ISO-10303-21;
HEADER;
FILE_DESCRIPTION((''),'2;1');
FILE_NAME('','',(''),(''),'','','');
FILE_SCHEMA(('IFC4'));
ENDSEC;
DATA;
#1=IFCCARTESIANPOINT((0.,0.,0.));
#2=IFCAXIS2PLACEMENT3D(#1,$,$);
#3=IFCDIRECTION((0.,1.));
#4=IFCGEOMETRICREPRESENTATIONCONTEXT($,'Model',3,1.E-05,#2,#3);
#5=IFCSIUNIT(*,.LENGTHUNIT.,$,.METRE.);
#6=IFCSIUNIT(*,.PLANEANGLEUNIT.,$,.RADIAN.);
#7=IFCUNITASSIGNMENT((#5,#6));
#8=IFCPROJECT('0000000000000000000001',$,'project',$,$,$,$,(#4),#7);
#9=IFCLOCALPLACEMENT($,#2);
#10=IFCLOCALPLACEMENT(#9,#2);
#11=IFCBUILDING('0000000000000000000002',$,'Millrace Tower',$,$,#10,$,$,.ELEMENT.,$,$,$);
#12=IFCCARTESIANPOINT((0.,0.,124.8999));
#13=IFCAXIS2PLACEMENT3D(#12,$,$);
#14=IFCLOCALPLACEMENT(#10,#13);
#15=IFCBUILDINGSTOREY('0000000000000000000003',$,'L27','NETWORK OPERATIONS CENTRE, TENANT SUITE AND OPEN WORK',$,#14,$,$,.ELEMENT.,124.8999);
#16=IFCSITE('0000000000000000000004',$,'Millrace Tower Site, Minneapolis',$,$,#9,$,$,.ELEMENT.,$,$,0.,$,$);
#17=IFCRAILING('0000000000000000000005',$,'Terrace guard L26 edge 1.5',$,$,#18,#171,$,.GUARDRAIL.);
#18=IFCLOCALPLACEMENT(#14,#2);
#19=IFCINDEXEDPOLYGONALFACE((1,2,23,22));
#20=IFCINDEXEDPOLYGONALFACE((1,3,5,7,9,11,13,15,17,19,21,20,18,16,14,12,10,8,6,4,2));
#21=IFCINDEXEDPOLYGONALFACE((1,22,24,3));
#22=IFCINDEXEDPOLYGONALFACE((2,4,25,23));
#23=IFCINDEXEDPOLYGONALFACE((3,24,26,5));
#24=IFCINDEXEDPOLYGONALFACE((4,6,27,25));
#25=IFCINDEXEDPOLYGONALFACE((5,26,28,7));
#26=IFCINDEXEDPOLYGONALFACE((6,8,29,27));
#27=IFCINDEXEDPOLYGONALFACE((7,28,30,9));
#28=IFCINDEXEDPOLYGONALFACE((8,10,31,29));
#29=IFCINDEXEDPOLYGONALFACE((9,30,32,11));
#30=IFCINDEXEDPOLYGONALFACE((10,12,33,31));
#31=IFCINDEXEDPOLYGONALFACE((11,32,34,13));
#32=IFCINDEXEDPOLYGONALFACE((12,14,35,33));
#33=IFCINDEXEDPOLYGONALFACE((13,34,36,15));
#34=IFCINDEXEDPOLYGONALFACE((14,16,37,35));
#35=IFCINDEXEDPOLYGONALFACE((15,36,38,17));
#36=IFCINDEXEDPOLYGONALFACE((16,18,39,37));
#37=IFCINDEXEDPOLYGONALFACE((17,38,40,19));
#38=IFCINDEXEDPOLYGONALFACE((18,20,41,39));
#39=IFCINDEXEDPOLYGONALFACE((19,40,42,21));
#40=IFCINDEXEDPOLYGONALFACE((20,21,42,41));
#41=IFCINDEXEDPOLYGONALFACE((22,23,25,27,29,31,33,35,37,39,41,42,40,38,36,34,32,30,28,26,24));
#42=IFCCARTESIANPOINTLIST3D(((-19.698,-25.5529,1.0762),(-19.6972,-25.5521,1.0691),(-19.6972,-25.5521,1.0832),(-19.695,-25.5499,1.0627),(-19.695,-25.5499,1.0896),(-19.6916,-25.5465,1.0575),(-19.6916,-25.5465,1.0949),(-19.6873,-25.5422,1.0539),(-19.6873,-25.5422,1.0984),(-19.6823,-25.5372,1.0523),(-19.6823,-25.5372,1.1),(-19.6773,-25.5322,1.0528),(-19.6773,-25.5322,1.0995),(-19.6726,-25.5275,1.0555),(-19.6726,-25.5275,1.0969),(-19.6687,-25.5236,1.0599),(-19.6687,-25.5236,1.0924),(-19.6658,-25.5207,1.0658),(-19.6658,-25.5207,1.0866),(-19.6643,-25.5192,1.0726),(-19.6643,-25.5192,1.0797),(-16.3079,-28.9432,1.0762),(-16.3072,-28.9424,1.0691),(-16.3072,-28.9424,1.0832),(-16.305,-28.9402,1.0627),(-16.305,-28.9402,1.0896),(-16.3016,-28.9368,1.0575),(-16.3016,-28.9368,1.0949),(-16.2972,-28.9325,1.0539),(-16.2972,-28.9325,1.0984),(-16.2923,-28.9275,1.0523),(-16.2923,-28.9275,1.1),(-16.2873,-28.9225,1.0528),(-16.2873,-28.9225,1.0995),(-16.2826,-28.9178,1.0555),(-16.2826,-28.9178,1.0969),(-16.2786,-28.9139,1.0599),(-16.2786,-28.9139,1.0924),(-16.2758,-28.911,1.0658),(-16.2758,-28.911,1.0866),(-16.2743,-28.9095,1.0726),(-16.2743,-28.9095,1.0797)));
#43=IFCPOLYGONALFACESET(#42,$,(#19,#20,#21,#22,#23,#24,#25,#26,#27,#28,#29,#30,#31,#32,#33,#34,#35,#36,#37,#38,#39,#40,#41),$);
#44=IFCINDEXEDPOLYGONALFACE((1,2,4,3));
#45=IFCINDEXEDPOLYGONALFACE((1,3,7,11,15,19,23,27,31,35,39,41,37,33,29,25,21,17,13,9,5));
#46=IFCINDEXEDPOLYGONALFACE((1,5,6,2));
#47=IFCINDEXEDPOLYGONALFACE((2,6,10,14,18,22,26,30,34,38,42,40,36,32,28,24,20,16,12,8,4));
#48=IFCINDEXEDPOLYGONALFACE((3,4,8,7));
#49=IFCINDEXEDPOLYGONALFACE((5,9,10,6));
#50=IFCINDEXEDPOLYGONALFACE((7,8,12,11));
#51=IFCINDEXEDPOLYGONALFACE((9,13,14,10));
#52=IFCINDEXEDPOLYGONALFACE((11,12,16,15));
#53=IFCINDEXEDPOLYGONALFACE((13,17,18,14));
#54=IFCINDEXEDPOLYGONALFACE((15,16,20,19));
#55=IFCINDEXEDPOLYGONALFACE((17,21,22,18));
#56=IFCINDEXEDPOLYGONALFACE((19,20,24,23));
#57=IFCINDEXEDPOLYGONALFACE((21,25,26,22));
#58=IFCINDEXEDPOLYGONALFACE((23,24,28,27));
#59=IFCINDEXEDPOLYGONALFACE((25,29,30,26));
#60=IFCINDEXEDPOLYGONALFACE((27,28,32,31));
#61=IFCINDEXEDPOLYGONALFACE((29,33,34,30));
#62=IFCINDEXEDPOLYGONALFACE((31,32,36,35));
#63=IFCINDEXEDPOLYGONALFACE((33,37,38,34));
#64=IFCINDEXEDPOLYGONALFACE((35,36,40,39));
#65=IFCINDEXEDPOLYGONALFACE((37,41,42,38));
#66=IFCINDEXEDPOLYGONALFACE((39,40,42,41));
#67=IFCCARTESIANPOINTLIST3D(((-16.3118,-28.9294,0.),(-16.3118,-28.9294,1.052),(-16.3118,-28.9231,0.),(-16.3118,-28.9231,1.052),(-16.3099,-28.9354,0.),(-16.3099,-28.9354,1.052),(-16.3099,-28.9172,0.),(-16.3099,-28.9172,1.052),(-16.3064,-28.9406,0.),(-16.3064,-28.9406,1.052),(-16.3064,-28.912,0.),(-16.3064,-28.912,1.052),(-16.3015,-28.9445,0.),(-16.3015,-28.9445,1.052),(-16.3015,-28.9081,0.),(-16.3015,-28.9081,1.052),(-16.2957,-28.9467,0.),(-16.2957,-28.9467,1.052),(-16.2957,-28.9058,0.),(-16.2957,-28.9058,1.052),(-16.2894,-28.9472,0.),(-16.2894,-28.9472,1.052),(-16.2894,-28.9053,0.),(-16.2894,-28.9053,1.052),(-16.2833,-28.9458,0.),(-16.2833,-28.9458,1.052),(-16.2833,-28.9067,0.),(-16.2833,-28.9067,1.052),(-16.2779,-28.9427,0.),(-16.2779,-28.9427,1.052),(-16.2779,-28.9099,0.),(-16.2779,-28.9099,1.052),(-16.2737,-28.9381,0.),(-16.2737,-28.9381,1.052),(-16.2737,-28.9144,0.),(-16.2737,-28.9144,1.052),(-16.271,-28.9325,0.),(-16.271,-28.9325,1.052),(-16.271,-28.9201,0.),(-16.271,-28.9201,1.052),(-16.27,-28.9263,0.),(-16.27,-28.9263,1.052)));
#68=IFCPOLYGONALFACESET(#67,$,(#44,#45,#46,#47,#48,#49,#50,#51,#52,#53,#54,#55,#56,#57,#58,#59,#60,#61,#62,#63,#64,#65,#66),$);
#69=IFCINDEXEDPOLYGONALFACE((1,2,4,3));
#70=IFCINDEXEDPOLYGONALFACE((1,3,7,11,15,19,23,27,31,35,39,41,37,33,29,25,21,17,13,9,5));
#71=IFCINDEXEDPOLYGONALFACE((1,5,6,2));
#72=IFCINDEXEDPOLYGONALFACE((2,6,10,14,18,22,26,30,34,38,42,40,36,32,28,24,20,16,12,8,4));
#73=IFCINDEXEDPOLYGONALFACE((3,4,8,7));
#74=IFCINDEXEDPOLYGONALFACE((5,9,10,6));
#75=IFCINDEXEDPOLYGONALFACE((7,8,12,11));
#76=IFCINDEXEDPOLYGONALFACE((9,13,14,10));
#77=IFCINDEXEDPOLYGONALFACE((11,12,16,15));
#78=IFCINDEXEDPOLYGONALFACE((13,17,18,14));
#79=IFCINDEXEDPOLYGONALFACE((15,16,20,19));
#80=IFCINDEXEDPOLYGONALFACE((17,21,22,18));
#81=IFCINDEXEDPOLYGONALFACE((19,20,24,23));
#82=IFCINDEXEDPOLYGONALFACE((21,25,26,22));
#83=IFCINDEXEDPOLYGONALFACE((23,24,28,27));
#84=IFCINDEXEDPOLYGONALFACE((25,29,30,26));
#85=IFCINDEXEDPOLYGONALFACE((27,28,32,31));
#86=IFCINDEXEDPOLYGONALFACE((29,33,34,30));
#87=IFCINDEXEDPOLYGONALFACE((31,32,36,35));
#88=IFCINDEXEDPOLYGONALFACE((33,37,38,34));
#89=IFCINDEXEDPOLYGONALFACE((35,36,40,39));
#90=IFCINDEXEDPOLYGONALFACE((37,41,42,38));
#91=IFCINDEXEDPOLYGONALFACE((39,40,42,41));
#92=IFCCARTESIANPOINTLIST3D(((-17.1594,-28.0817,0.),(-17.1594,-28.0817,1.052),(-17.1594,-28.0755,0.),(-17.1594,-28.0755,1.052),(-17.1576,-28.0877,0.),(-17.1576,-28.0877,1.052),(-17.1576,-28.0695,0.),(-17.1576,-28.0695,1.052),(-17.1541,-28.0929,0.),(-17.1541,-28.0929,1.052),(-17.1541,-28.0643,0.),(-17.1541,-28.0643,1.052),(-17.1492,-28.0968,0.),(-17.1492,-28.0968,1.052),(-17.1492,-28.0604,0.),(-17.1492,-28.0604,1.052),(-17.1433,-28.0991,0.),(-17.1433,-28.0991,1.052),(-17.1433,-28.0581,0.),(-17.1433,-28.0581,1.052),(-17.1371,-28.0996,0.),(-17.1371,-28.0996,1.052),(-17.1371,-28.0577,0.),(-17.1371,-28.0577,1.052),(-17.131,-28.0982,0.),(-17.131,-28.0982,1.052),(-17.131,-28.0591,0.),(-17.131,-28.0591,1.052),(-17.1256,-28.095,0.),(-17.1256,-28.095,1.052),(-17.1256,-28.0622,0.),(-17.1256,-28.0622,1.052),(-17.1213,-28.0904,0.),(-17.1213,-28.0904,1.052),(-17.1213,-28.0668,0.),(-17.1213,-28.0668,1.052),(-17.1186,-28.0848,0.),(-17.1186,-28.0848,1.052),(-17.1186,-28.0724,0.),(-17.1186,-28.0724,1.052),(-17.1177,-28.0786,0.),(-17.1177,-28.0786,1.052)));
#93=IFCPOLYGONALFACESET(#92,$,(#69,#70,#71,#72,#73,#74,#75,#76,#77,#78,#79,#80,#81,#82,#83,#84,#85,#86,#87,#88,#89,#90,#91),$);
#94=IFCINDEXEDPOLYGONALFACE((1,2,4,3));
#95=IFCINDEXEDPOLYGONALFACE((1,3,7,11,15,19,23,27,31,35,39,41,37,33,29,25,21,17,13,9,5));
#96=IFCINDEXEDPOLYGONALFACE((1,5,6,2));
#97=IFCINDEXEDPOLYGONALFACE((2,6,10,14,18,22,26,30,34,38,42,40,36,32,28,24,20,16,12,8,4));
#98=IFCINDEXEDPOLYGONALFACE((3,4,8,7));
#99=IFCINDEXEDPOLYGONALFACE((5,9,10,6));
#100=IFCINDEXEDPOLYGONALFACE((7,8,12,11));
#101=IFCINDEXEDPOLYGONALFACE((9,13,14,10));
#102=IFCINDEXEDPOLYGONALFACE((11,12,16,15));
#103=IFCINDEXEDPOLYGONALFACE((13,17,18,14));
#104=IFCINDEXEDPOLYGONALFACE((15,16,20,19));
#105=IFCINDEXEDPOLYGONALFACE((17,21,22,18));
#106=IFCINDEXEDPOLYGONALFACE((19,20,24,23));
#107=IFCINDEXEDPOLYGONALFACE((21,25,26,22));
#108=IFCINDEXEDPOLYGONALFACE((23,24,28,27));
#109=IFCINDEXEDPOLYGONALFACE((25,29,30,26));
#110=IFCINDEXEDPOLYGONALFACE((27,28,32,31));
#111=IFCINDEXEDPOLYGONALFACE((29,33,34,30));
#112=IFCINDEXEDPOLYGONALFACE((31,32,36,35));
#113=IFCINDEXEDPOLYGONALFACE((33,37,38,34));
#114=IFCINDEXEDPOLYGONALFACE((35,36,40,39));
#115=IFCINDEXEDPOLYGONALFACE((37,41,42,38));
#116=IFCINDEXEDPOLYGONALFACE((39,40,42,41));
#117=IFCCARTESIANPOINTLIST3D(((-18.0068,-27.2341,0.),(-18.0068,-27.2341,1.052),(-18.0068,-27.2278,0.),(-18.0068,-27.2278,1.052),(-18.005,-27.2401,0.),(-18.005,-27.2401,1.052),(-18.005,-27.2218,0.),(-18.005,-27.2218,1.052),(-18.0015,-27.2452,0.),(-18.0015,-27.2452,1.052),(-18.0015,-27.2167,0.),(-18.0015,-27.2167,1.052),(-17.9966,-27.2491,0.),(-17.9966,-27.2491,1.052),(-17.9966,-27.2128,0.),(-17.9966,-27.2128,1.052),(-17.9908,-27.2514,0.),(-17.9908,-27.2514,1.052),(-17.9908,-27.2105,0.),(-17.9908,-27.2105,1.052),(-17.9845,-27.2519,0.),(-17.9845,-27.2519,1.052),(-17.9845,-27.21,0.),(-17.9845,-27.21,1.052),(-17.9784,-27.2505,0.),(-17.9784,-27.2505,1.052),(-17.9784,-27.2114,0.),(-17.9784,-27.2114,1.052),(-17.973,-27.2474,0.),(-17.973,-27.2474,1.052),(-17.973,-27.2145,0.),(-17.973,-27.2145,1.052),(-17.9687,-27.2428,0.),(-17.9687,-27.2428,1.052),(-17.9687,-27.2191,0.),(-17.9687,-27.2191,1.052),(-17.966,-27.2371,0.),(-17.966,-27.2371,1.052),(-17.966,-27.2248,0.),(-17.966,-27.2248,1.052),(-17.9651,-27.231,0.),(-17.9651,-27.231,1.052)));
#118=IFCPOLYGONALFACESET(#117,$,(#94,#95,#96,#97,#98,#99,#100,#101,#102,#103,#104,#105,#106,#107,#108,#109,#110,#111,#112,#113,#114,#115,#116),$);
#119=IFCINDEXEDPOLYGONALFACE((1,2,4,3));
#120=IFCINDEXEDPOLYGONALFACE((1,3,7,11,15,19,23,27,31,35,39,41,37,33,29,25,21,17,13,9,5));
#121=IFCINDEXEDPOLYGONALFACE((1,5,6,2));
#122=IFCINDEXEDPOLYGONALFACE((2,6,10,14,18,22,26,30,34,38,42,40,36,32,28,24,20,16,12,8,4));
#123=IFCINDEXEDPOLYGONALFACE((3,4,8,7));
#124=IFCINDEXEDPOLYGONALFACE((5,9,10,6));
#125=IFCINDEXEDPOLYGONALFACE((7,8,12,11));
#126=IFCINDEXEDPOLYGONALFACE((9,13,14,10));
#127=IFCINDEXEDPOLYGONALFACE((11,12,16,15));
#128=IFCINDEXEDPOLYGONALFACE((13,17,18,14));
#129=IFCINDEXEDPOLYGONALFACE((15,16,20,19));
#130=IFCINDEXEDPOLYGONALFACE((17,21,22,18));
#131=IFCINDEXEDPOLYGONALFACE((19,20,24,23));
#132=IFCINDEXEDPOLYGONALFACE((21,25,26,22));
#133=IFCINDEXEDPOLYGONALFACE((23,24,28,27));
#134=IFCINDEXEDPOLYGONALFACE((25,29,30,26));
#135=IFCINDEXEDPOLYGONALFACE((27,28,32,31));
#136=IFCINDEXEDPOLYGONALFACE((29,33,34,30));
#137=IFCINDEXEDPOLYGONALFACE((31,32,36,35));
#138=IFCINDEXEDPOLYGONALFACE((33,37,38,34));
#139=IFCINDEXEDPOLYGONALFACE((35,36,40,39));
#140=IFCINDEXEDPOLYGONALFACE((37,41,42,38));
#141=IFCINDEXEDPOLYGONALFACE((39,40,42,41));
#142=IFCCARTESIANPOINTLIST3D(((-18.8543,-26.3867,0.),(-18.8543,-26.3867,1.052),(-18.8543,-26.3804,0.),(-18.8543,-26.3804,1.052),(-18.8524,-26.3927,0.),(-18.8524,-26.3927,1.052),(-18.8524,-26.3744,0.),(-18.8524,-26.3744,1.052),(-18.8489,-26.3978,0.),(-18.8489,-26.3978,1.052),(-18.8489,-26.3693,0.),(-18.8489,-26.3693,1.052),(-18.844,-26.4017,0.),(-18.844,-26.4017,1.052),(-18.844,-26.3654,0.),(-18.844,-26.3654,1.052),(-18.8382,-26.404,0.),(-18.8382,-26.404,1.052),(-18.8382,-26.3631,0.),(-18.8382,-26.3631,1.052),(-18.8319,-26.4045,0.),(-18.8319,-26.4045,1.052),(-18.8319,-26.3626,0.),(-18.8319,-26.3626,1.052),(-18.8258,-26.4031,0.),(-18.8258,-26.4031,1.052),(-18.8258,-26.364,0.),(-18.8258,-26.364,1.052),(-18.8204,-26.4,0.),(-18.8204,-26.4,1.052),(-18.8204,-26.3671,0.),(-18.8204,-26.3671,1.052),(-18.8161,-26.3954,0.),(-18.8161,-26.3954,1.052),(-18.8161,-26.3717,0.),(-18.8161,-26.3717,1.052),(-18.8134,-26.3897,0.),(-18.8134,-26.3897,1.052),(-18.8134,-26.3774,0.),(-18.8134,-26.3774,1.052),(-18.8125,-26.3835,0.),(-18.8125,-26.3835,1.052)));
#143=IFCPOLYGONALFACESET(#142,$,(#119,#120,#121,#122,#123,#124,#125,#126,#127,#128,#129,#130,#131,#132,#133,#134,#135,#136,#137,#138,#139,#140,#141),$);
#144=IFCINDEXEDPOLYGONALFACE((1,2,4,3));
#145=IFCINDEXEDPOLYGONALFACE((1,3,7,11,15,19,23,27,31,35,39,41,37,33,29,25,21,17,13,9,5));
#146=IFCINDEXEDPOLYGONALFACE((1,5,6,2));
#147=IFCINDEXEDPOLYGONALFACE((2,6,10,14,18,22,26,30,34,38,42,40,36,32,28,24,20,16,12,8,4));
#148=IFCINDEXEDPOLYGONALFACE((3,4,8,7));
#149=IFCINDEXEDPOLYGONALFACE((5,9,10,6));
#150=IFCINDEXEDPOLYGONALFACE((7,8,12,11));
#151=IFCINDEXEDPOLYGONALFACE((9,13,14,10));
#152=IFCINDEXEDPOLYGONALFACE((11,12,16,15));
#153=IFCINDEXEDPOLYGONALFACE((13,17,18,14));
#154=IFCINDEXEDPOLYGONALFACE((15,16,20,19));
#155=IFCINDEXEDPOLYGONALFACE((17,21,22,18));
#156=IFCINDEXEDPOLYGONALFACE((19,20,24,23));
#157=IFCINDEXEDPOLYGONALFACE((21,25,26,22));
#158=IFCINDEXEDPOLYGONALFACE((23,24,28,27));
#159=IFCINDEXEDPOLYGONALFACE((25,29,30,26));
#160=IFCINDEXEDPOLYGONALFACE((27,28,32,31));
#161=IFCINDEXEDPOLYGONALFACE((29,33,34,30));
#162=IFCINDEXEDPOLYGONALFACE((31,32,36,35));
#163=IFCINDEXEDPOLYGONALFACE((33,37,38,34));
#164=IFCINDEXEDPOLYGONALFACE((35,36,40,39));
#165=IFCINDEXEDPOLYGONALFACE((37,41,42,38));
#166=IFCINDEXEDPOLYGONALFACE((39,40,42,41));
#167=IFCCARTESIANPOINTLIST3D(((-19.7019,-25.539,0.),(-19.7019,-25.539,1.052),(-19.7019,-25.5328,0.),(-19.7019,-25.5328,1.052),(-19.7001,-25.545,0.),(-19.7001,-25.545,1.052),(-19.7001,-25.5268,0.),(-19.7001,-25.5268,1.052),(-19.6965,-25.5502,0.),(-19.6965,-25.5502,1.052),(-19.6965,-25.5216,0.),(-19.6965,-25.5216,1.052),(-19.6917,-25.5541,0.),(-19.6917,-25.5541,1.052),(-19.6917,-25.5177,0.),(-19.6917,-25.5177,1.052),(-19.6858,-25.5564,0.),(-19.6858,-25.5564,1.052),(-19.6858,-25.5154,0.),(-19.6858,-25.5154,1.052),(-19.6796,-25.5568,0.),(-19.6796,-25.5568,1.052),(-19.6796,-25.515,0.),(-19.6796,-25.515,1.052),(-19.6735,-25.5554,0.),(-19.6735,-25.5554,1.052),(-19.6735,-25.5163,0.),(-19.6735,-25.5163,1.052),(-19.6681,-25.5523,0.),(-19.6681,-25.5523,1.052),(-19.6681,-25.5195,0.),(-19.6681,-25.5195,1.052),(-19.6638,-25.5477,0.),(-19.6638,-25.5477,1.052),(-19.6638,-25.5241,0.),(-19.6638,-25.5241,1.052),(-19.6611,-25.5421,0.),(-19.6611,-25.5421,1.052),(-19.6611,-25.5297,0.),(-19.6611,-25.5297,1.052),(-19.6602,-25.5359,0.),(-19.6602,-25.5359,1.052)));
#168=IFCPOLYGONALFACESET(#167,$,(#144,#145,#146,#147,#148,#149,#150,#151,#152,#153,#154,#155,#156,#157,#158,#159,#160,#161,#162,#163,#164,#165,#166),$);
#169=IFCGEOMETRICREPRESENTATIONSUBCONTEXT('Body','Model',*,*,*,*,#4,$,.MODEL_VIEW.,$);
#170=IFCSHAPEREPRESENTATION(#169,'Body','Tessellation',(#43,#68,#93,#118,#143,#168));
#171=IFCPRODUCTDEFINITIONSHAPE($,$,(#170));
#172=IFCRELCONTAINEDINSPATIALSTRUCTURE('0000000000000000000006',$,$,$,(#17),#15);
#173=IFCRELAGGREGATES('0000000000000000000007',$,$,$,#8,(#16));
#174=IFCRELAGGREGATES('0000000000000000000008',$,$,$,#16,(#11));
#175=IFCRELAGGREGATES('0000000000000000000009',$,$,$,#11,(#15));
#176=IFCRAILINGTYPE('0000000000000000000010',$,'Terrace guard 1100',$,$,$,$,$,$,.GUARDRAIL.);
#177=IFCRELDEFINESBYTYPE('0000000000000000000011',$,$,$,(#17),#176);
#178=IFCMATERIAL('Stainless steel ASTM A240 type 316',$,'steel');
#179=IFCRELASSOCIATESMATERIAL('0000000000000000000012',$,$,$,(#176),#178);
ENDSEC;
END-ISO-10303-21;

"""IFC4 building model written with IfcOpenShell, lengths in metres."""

from ifc_helpers import new_model, si_unit, direction, frame, origin, origin_2d, place, context, subcontext, project, spatial, circle, extrude, material, type_object, element, save


model = new_model("IFC4")

# Units and contexts
model_context = context("Model", 3, precision=1e-05, world=origin(), true_north=direction((0.0, 1.0)))
body_context = subcontext(model_context, "Body", "Model", "MODEL_VIEW")
ifc_project = project(units=[si_unit("LENGTHUNIT", "METRE"), si_unit("PLANEANGLEUNIT", "RADIAN")], contexts=[model_context])

# Site, building, storey
site_placement = place(None, origin())
site = spatial("IfcSite", under=ifc_project, at=site_placement, Name="Millrace Tower Site, Minneapolis", CompositionType="ELEMENT", RefElevation=0.0)
building_placement = place(site_placement, origin())
building = spatial("IfcBuilding", under=site, at=building_placement, Name="Millrace Tower", CompositionType="ELEMENT")
storey_placement = place(building_placement, frame((0.0, 0.0, 124.8999)))
storey = spatial("IfcBuildingStorey", under=building, at=storey_placement, Name="L27", Description="NETWORK OPERATIONS CENTRE, TENANT SUITE AND OPEN WORK", CompositionType="ELEMENT", Elevation=124.8999)

# Railing
ifc_material_1 = material(Name="Stainless steel ASTM A240 type 316", Category="steel")
railing_type = type_object("IfcRailingType", Name="Terrace guard 1100", PredefinedType="GUARDRAIL", material=ifc_material_1)
railing_1_placement = place(storey_placement, frame((-16.291, -28.9263, 0.0)))
element("IfcRailing", 1, at=railing_1_placement, inside=storey, type_object=railing_type, Name="Terrace guard L26 edge 1.5", PredefinedType="GUARDRAIL", context=body_context, shape_type="SweptSolid", body=[
    extrude(circle(Radius=0.0239, at=origin_2d()), frame((0.0, 0.0, 1.0762), z_axis=(-0.707081, 0.707132, 0.0), x_axis=(-0.707132, -0.707081, 0.0)), (0.0, 0.0, 1.0), 4.7944),
    extrude(circle(Radius=0.021, at=origin_2d()), origin(), (0.0, 0.0, 1.0), 1.052),
    extrude(circle(Radius=0.021, at=origin_2d()), frame((-0.8477, 0.8477, 0.0)), (0.0, 0.0, 1.0), 1.052),
    extrude(circle(Radius=0.021, at=origin_2d()), frame((-1.6951, 1.6953, 0.0)), (0.0, 0.0, 1.0), 1.052),
    extrude(circle(Radius=0.021, at=origin_2d()), frame((-2.5425, 2.5427, 0.0)), (0.0, 0.0, 1.0), 1.052),
    extrude(circle(Radius=0.021, at=origin_2d()), frame((-3.3901, 3.3904, 0.0)), (0.0, 0.0, 1.0), 1.052),
])

save(model, "model.ifc")
